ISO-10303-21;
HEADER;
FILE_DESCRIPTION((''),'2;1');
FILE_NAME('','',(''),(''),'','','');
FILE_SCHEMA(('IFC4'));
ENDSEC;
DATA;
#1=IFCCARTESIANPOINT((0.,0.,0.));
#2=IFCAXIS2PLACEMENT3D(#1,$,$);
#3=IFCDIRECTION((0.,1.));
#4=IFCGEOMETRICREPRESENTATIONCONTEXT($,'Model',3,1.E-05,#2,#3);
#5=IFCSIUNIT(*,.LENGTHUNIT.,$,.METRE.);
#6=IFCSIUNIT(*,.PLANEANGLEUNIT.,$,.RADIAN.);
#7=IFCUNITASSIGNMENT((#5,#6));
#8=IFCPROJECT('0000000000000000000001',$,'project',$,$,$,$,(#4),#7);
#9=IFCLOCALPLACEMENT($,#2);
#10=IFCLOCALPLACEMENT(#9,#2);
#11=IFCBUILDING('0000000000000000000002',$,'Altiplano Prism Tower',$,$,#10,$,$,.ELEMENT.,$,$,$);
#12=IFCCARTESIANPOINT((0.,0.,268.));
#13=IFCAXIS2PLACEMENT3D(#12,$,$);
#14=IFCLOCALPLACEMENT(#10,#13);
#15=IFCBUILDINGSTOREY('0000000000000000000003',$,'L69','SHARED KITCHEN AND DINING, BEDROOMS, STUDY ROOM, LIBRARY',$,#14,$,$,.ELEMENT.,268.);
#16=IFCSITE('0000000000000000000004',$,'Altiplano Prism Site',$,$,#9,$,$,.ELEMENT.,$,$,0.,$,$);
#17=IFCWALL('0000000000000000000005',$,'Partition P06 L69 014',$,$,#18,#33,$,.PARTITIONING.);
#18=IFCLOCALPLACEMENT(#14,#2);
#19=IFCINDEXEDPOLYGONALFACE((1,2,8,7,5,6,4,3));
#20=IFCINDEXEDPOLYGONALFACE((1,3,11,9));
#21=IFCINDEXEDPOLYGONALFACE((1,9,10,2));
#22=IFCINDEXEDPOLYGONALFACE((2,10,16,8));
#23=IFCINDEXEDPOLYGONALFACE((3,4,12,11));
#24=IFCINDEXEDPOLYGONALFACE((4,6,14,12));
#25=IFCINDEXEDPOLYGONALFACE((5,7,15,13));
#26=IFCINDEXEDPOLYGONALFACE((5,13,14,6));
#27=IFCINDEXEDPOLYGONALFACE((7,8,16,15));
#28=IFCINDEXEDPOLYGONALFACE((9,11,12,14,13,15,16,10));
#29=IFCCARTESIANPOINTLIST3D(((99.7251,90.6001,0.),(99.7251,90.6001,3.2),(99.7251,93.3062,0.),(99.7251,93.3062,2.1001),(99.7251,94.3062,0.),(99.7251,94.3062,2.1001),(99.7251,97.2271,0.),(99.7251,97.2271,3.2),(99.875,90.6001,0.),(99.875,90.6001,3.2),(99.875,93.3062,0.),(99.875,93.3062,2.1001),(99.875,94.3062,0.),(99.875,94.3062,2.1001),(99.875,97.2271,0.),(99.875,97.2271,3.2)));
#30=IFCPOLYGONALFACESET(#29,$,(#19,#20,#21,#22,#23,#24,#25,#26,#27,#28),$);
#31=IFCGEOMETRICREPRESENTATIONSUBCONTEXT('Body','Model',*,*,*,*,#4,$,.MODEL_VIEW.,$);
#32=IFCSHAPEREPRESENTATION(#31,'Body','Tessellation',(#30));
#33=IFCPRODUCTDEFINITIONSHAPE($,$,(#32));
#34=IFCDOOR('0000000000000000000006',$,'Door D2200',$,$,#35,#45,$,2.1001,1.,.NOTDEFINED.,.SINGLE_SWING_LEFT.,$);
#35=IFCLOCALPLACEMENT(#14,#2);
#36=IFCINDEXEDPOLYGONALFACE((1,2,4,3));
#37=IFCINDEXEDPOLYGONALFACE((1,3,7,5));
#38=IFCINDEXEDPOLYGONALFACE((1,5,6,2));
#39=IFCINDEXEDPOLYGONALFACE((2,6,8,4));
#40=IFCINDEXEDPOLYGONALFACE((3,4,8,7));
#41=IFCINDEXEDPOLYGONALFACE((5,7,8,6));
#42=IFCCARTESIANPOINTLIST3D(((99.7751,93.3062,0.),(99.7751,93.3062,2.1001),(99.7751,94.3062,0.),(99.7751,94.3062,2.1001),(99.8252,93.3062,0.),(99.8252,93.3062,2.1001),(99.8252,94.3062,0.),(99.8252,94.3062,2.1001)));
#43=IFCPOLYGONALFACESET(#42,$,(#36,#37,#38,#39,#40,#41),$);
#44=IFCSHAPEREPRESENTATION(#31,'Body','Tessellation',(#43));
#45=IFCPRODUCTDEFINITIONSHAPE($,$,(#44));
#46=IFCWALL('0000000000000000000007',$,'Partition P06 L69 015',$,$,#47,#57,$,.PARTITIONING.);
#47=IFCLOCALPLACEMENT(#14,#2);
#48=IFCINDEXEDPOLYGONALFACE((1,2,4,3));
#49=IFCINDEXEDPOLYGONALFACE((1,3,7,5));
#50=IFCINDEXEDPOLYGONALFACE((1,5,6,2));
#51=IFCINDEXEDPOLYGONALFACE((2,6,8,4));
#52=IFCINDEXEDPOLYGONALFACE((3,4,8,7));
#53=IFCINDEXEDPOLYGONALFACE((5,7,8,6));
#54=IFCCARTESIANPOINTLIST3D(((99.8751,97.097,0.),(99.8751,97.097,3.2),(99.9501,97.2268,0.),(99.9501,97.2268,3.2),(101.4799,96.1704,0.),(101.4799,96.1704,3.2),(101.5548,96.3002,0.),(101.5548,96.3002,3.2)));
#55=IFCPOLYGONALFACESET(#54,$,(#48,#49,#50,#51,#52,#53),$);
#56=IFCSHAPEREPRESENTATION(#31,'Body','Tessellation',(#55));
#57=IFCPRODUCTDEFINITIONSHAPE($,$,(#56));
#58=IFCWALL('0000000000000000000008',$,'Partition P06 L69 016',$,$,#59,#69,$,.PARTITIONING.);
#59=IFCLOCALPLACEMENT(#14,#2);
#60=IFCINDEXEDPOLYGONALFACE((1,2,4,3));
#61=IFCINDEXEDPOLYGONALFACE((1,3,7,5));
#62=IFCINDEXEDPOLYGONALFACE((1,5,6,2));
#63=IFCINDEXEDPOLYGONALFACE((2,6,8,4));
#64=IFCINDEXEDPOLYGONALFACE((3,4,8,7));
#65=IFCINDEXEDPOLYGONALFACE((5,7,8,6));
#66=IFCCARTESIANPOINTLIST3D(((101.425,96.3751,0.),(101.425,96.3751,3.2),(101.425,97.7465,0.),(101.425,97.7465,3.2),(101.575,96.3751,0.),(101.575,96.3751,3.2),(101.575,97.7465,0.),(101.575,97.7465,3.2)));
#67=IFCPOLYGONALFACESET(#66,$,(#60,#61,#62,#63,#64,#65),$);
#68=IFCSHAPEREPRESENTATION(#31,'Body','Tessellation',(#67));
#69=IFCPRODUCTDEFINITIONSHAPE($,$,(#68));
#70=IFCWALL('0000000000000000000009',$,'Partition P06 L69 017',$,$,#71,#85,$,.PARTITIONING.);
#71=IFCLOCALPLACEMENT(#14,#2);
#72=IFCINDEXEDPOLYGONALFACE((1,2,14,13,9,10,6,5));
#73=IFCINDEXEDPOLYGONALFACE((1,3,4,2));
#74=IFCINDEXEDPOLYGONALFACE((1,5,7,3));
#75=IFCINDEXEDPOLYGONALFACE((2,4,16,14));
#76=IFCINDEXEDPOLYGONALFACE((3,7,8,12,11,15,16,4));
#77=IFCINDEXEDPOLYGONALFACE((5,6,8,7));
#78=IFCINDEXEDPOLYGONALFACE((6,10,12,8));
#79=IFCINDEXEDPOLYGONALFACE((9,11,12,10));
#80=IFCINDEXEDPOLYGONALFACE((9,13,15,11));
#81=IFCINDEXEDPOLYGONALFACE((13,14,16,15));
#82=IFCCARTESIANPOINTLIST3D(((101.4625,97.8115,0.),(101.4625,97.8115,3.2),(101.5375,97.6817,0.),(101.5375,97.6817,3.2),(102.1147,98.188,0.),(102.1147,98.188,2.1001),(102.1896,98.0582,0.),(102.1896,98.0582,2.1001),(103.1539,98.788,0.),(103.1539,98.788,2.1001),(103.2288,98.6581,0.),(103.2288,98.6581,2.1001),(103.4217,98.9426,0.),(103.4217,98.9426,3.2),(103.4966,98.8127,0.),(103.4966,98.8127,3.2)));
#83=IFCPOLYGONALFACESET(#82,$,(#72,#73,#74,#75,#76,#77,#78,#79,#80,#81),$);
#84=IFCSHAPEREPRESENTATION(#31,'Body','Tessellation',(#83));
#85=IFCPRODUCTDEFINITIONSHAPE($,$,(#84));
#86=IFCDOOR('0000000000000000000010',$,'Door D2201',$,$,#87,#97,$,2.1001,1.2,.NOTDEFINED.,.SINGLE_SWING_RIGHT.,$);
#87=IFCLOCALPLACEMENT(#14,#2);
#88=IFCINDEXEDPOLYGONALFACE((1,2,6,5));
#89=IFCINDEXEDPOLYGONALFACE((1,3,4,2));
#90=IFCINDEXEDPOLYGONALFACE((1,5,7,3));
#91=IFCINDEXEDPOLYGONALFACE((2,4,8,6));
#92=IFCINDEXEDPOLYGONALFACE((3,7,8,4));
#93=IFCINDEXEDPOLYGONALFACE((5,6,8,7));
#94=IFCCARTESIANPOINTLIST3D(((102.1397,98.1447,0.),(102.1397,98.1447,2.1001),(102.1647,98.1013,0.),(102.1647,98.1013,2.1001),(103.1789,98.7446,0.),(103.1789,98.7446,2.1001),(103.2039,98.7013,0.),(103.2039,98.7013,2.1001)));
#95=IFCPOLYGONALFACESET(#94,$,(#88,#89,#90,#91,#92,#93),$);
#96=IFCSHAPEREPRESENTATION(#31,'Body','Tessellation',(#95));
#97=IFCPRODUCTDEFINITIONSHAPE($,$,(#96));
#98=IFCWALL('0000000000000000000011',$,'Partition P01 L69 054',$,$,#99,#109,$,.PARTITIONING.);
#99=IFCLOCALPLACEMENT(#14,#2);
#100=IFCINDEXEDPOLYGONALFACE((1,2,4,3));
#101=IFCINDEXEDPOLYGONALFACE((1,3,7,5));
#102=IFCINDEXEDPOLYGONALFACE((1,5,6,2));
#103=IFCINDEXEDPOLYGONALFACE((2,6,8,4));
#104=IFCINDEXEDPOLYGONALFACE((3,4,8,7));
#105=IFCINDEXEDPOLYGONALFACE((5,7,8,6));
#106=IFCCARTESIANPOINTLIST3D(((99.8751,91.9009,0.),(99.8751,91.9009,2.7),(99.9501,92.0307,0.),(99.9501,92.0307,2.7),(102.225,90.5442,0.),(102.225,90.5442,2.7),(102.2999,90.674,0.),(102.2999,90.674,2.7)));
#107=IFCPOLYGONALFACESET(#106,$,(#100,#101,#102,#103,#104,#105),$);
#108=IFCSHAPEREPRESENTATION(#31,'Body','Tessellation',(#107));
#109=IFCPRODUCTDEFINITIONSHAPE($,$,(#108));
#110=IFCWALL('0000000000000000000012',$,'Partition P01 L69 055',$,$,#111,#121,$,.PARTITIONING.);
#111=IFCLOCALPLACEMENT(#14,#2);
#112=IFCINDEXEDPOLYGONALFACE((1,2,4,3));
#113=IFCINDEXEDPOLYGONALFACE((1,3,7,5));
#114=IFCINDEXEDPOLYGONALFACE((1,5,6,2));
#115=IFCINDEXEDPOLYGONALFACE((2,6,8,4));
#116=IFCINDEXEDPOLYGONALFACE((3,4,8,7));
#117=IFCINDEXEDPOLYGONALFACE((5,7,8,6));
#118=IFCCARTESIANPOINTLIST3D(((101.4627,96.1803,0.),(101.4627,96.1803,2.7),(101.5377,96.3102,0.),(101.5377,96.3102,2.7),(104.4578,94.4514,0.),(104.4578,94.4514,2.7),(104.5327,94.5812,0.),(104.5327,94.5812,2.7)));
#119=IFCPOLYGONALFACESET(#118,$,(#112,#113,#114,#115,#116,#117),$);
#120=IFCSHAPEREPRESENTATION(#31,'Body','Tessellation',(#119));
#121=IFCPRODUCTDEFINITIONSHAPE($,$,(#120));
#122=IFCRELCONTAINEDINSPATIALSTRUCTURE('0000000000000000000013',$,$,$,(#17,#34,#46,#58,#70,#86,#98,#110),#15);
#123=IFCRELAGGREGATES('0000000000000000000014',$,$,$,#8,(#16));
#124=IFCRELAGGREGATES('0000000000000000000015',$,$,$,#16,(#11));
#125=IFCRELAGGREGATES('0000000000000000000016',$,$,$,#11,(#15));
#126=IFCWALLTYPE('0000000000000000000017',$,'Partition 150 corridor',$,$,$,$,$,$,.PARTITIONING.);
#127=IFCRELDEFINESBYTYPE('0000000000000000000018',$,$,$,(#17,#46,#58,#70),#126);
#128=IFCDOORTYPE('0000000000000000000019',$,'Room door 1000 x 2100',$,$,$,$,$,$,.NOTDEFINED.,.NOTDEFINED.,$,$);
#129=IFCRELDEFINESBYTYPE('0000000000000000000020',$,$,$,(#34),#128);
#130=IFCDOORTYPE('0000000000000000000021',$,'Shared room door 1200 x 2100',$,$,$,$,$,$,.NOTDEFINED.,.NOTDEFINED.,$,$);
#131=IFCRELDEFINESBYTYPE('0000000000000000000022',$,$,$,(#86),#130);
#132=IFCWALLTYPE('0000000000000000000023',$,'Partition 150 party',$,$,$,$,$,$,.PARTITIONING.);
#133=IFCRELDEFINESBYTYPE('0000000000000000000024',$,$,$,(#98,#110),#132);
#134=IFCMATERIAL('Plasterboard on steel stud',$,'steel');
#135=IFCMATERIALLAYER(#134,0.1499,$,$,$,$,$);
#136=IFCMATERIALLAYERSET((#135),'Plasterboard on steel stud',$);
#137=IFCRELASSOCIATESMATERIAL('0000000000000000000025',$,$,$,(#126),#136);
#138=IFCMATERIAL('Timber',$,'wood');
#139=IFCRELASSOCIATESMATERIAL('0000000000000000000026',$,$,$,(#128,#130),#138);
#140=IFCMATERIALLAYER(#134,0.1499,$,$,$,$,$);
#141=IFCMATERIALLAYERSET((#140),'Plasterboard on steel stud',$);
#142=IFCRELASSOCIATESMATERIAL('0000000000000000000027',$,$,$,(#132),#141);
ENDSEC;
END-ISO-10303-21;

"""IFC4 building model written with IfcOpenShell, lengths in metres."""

from ifc_helpers import new_model, si_unit, direction, frame, frame_2d, origin, place, context, subcontext, project, spatial, rectangle, extrude, material, layer, layer_set, type_object, element, fill, save


model = new_model("IFC4")

# Units and contexts
model_context = context("Model", 3, precision=1e-05, world=origin(), true_north=direction((0.0, 1.0)))
body_context = subcontext(model_context, "Body", "Model", "MODEL_VIEW")
ifc_project = project(units=[si_unit("LENGTHUNIT", "METRE"), si_unit("PLANEANGLEUNIT", "RADIAN")], contexts=[model_context])

# Site, building, storey
site_placement = place(None, origin())
site = spatial("IfcSite", under=ifc_project, at=site_placement, Name="Altiplano Prism Site", CompositionType="ELEMENT", RefElevation=0.0)
building_placement = place(site_placement, origin())
building = spatial("IfcBuilding", under=site, at=building_placement, Name="Altiplano Prism Tower", CompositionType="ELEMENT")
storey_placement = place(building_placement, frame((0.0, 0.0, 268.0)))
storey = spatial("IfcBuildingStorey", under=building, at=storey_placement, Name="L69", Description="SHARED KITCHEN AND DINING, BEDROOMS, STUDY ROOM, LIBRARY", CompositionType="ELEMENT", Elevation=268.0)

# Shared definitions
ifc_material_1 = material(Name="Plasterboard on steel stud", Category="steel")
ifc_material_2 = material(Name="Timber", Category="wood")

# Wall, opening, door
ifc_layer_1 = layer(ifc_material_1, 0.1499)
ifc_layer_set_1 = layer_set([ifc_layer_1], Name="Plasterboard on steel stud")
wall_type_1 = type_object("IfcWallType", Name="Partition 150 corridor", PredefinedType="PARTITIONING", material=ifc_layer_set_1)
wall_1_placement = place(storey_placement, frame((99.8, 90.6001, 0.0), z_axis=(0.0, 0.0, 1.0), x_axis=(0.0, 1.0, 0.0)))
wall_1 = element("IfcWall", 1, at=wall_1_placement, inside=storey, type_object=wall_type_1, Name="Partition P06 L69 014", PredefinedType="PARTITIONING", context=body_context, shape_type="SweptSolid", body=[
    extrude(rectangle(XDim=6.627, YDim=0.1499, at=frame_2d((3.3135, 0.0))), origin(), (0.0, 0.0, 1.0), 3.2),
])
opening_1_placement = place(wall_1_placement, frame((2.7061, 0.0, 0.0)))
opening_1 = element("IfcOpeningElement", 2, at=opening_1_placement, cuts=wall_1, PredefinedType="OPENING", context=body_context, shape_type="SweptSolid", body=[
    extrude(rectangle(XDim=1.0, YDim=2.1001, at=frame_2d((0.5, 1.05))), frame((0.0, 0.0854, 0.0), z_axis=(0.0, -1.0, 0.0), x_axis=(1.0, 0.0, 0.0)), (0.0, 0.0, 1.0), 0.1709),
])
door_type_1 = type_object("IfcDoorType", Name="Room door 1000 x 2100", OperationType="NOTDEFINED", PredefinedType="NOTDEFINED", material=ifc_material_2)
door_1_placement = place(opening_1_placement, origin())
door_1 = element("IfcDoor", 3, at=door_1_placement, inside=storey, type_object=door_type_1, Name="Door D2200", OperationType="SINGLE_SWING_LEFT", OverallHeight=2.1001, OverallWidth=1.0, PredefinedType="NOTDEFINED", context=body_context, shape_type="SweptSolid", body=[
    extrude(rectangle(XDim=1.0, YDim=2.1001, at=frame_2d((0.5, 1.05))), frame((0.0, 0.0249, 0.0), z_axis=(0.0, -1.0, 0.0), x_axis=(1.0, 0.0, 0.0)), (0.0, 0.0, 1.0), 0.05),
])
fill(opening_1, door_1)

# Walls
wall_2_placement = place(storey_placement, frame((99.9126, 97.1619, 0.0), z_axis=(0.0, 0.0, 1.0), x_axis=(0.866021, -0.500008, 0.0)))
element("IfcWall", 4, at=wall_2_placement, inside=storey, type_object=wall_type_1, Name="Partition P06 L69 015", PredefinedType="PARTITIONING", context=body_context, shape_type="SweptSolid", body=[
    extrude(rectangle(XDim=1.853, YDim=0.1499, at=frame_2d((0.9265, 0.0))), origin(), (0.0, 0.0, 1.0), 3.2),
])
wall_3_placement = place(storey_placement, frame((101.5, 96.3752, 0.0), z_axis=(0.0, 0.0, 1.0), x_axis=(0.0, 1.0, 0.0)))
element("IfcWall", 5, at=wall_3_placement, inside=storey, type_object=wall_type_1, Name="Partition P06 L69 016", PredefinedType="PARTITIONING", context=body_context, shape_type="SweptSolid", body=[
    extrude(rectangle(XDim=1.3713, YDim=0.1499, at=frame_2d((0.6855, 0.0))), origin(), (0.0, 0.0, 1.0), 3.2),
])

# Wall, opening, door
wall_4_placement = place(storey_placement, frame((101.5, 97.7466, 0.0), z_axis=(0.0, 0.0, 1.0), x_axis=(0.866036, 0.499981, 0.0)))
wall_4 = element("IfcWall", 6, at=wall_4_placement, inside=storey, type_object=wall_type_1, Name="Partition P06 L69 017", PredefinedType="PARTITIONING", context=body_context, shape_type="SweptSolid", body=[
    extrude(rectangle(XDim=2.2622, YDim=0.1499, at=frame_2d((1.1311, 0.0))), origin(), (0.0, 0.0, 1.0), 3.2),
])
opening_2_placement = place(wall_4_placement, frame((0.7529, 0.0, 0.0)))
opening_2 = element("IfcOpeningElement", 7, at=opening_2_placement, cuts=wall_4, PredefinedType="OPENING", context=body_context, shape_type="SweptSolid", body=[
    extrude(rectangle(XDim=1.2, YDim=2.1001, at=frame_2d((0.6001, 1.05))), frame((0.0, 0.0854, 0.0), z_axis=(0.0, -1.0, 0.0), x_axis=(1.0, 0.0, 0.0)), (0.0, 0.0, 1.0), 0.1709),
])
door_type_2 = type_object("IfcDoorType", Name="Shared room door 1200 x 2100", OperationType="NOTDEFINED", PredefinedType="NOTDEFINED", material=ifc_material_2)
door_2_placement = place(opening_2_placement, origin())
door_2 = element("IfcDoor", 8, at=door_2_placement, inside=storey, type_object=door_type_2, Name="Door D2201", OperationType="SINGLE_SWING_RIGHT", OverallHeight=2.1001, OverallWidth=1.2, PredefinedType="NOTDEFINED", context=body_context, shape_type="SweptSolid", body=[
    extrude(rectangle(XDim=1.2, YDim=2.1001, at=frame_2d((0.6001, 1.05))), frame((0.0, 0.0249, 0.0), z_axis=(0.0, -1.0, 0.0), x_axis=(1.0, 0.0, 0.0)), (0.0, 0.0, 1.0), 0.05),
])
fill(opening_2, door_2)

# Walls
ifc_layer_2 = layer(ifc_material_1, 0.1499)
ifc_layer_set_2 = layer_set([ifc_layer_2], Name="Plasterboard on steel stud")
wall_type_2 = type_object("IfcWallType", Name="Partition 150 party", PredefinedType="PARTITIONING", material=ifc_layer_set_2)
wall_5_placement = place(storey_placement, frame((102.2625, 90.6091, 0.0), z_axis=(0.0, 0.0, 1.0), x_axis=(-0.866025, 0.5, 0.0)))
element("IfcWall", 9, at=wall_5_placement, inside=storey, type_object=wall_type_2, Name="Partition P01 L69 054", PredefinedType="PARTITIONING", context=body_context, shape_type="SweptSolid", body=[
    extrude(rectangle(XDim=2.7134, YDim=0.1499, at=frame_2d((1.3567, 0.0))), origin(), (0.0, 0.0, 1.0), 2.7),
])
wall_6_placement = place(storey_placement, frame((104.4951, 94.5164, 0.0), z_axis=(0.0, 0.0, 1.0), x_axis=(-0.866054, 0.499951, 0.0)))
element("IfcWall", 10, at=wall_6_placement, inside=storey, type_object=wall_type_2, Name="Partition P01 L69 055", PredefinedType="PARTITIONING", context=body_context, shape_type="SweptSolid", body=[
    extrude(rectangle(XDim=3.4583, YDim=0.1499, at=frame_2d((1.729, 0.0))), origin(), (0.0, 0.0, 1.0), 2.7),
])

save(model, "model.ifc")
